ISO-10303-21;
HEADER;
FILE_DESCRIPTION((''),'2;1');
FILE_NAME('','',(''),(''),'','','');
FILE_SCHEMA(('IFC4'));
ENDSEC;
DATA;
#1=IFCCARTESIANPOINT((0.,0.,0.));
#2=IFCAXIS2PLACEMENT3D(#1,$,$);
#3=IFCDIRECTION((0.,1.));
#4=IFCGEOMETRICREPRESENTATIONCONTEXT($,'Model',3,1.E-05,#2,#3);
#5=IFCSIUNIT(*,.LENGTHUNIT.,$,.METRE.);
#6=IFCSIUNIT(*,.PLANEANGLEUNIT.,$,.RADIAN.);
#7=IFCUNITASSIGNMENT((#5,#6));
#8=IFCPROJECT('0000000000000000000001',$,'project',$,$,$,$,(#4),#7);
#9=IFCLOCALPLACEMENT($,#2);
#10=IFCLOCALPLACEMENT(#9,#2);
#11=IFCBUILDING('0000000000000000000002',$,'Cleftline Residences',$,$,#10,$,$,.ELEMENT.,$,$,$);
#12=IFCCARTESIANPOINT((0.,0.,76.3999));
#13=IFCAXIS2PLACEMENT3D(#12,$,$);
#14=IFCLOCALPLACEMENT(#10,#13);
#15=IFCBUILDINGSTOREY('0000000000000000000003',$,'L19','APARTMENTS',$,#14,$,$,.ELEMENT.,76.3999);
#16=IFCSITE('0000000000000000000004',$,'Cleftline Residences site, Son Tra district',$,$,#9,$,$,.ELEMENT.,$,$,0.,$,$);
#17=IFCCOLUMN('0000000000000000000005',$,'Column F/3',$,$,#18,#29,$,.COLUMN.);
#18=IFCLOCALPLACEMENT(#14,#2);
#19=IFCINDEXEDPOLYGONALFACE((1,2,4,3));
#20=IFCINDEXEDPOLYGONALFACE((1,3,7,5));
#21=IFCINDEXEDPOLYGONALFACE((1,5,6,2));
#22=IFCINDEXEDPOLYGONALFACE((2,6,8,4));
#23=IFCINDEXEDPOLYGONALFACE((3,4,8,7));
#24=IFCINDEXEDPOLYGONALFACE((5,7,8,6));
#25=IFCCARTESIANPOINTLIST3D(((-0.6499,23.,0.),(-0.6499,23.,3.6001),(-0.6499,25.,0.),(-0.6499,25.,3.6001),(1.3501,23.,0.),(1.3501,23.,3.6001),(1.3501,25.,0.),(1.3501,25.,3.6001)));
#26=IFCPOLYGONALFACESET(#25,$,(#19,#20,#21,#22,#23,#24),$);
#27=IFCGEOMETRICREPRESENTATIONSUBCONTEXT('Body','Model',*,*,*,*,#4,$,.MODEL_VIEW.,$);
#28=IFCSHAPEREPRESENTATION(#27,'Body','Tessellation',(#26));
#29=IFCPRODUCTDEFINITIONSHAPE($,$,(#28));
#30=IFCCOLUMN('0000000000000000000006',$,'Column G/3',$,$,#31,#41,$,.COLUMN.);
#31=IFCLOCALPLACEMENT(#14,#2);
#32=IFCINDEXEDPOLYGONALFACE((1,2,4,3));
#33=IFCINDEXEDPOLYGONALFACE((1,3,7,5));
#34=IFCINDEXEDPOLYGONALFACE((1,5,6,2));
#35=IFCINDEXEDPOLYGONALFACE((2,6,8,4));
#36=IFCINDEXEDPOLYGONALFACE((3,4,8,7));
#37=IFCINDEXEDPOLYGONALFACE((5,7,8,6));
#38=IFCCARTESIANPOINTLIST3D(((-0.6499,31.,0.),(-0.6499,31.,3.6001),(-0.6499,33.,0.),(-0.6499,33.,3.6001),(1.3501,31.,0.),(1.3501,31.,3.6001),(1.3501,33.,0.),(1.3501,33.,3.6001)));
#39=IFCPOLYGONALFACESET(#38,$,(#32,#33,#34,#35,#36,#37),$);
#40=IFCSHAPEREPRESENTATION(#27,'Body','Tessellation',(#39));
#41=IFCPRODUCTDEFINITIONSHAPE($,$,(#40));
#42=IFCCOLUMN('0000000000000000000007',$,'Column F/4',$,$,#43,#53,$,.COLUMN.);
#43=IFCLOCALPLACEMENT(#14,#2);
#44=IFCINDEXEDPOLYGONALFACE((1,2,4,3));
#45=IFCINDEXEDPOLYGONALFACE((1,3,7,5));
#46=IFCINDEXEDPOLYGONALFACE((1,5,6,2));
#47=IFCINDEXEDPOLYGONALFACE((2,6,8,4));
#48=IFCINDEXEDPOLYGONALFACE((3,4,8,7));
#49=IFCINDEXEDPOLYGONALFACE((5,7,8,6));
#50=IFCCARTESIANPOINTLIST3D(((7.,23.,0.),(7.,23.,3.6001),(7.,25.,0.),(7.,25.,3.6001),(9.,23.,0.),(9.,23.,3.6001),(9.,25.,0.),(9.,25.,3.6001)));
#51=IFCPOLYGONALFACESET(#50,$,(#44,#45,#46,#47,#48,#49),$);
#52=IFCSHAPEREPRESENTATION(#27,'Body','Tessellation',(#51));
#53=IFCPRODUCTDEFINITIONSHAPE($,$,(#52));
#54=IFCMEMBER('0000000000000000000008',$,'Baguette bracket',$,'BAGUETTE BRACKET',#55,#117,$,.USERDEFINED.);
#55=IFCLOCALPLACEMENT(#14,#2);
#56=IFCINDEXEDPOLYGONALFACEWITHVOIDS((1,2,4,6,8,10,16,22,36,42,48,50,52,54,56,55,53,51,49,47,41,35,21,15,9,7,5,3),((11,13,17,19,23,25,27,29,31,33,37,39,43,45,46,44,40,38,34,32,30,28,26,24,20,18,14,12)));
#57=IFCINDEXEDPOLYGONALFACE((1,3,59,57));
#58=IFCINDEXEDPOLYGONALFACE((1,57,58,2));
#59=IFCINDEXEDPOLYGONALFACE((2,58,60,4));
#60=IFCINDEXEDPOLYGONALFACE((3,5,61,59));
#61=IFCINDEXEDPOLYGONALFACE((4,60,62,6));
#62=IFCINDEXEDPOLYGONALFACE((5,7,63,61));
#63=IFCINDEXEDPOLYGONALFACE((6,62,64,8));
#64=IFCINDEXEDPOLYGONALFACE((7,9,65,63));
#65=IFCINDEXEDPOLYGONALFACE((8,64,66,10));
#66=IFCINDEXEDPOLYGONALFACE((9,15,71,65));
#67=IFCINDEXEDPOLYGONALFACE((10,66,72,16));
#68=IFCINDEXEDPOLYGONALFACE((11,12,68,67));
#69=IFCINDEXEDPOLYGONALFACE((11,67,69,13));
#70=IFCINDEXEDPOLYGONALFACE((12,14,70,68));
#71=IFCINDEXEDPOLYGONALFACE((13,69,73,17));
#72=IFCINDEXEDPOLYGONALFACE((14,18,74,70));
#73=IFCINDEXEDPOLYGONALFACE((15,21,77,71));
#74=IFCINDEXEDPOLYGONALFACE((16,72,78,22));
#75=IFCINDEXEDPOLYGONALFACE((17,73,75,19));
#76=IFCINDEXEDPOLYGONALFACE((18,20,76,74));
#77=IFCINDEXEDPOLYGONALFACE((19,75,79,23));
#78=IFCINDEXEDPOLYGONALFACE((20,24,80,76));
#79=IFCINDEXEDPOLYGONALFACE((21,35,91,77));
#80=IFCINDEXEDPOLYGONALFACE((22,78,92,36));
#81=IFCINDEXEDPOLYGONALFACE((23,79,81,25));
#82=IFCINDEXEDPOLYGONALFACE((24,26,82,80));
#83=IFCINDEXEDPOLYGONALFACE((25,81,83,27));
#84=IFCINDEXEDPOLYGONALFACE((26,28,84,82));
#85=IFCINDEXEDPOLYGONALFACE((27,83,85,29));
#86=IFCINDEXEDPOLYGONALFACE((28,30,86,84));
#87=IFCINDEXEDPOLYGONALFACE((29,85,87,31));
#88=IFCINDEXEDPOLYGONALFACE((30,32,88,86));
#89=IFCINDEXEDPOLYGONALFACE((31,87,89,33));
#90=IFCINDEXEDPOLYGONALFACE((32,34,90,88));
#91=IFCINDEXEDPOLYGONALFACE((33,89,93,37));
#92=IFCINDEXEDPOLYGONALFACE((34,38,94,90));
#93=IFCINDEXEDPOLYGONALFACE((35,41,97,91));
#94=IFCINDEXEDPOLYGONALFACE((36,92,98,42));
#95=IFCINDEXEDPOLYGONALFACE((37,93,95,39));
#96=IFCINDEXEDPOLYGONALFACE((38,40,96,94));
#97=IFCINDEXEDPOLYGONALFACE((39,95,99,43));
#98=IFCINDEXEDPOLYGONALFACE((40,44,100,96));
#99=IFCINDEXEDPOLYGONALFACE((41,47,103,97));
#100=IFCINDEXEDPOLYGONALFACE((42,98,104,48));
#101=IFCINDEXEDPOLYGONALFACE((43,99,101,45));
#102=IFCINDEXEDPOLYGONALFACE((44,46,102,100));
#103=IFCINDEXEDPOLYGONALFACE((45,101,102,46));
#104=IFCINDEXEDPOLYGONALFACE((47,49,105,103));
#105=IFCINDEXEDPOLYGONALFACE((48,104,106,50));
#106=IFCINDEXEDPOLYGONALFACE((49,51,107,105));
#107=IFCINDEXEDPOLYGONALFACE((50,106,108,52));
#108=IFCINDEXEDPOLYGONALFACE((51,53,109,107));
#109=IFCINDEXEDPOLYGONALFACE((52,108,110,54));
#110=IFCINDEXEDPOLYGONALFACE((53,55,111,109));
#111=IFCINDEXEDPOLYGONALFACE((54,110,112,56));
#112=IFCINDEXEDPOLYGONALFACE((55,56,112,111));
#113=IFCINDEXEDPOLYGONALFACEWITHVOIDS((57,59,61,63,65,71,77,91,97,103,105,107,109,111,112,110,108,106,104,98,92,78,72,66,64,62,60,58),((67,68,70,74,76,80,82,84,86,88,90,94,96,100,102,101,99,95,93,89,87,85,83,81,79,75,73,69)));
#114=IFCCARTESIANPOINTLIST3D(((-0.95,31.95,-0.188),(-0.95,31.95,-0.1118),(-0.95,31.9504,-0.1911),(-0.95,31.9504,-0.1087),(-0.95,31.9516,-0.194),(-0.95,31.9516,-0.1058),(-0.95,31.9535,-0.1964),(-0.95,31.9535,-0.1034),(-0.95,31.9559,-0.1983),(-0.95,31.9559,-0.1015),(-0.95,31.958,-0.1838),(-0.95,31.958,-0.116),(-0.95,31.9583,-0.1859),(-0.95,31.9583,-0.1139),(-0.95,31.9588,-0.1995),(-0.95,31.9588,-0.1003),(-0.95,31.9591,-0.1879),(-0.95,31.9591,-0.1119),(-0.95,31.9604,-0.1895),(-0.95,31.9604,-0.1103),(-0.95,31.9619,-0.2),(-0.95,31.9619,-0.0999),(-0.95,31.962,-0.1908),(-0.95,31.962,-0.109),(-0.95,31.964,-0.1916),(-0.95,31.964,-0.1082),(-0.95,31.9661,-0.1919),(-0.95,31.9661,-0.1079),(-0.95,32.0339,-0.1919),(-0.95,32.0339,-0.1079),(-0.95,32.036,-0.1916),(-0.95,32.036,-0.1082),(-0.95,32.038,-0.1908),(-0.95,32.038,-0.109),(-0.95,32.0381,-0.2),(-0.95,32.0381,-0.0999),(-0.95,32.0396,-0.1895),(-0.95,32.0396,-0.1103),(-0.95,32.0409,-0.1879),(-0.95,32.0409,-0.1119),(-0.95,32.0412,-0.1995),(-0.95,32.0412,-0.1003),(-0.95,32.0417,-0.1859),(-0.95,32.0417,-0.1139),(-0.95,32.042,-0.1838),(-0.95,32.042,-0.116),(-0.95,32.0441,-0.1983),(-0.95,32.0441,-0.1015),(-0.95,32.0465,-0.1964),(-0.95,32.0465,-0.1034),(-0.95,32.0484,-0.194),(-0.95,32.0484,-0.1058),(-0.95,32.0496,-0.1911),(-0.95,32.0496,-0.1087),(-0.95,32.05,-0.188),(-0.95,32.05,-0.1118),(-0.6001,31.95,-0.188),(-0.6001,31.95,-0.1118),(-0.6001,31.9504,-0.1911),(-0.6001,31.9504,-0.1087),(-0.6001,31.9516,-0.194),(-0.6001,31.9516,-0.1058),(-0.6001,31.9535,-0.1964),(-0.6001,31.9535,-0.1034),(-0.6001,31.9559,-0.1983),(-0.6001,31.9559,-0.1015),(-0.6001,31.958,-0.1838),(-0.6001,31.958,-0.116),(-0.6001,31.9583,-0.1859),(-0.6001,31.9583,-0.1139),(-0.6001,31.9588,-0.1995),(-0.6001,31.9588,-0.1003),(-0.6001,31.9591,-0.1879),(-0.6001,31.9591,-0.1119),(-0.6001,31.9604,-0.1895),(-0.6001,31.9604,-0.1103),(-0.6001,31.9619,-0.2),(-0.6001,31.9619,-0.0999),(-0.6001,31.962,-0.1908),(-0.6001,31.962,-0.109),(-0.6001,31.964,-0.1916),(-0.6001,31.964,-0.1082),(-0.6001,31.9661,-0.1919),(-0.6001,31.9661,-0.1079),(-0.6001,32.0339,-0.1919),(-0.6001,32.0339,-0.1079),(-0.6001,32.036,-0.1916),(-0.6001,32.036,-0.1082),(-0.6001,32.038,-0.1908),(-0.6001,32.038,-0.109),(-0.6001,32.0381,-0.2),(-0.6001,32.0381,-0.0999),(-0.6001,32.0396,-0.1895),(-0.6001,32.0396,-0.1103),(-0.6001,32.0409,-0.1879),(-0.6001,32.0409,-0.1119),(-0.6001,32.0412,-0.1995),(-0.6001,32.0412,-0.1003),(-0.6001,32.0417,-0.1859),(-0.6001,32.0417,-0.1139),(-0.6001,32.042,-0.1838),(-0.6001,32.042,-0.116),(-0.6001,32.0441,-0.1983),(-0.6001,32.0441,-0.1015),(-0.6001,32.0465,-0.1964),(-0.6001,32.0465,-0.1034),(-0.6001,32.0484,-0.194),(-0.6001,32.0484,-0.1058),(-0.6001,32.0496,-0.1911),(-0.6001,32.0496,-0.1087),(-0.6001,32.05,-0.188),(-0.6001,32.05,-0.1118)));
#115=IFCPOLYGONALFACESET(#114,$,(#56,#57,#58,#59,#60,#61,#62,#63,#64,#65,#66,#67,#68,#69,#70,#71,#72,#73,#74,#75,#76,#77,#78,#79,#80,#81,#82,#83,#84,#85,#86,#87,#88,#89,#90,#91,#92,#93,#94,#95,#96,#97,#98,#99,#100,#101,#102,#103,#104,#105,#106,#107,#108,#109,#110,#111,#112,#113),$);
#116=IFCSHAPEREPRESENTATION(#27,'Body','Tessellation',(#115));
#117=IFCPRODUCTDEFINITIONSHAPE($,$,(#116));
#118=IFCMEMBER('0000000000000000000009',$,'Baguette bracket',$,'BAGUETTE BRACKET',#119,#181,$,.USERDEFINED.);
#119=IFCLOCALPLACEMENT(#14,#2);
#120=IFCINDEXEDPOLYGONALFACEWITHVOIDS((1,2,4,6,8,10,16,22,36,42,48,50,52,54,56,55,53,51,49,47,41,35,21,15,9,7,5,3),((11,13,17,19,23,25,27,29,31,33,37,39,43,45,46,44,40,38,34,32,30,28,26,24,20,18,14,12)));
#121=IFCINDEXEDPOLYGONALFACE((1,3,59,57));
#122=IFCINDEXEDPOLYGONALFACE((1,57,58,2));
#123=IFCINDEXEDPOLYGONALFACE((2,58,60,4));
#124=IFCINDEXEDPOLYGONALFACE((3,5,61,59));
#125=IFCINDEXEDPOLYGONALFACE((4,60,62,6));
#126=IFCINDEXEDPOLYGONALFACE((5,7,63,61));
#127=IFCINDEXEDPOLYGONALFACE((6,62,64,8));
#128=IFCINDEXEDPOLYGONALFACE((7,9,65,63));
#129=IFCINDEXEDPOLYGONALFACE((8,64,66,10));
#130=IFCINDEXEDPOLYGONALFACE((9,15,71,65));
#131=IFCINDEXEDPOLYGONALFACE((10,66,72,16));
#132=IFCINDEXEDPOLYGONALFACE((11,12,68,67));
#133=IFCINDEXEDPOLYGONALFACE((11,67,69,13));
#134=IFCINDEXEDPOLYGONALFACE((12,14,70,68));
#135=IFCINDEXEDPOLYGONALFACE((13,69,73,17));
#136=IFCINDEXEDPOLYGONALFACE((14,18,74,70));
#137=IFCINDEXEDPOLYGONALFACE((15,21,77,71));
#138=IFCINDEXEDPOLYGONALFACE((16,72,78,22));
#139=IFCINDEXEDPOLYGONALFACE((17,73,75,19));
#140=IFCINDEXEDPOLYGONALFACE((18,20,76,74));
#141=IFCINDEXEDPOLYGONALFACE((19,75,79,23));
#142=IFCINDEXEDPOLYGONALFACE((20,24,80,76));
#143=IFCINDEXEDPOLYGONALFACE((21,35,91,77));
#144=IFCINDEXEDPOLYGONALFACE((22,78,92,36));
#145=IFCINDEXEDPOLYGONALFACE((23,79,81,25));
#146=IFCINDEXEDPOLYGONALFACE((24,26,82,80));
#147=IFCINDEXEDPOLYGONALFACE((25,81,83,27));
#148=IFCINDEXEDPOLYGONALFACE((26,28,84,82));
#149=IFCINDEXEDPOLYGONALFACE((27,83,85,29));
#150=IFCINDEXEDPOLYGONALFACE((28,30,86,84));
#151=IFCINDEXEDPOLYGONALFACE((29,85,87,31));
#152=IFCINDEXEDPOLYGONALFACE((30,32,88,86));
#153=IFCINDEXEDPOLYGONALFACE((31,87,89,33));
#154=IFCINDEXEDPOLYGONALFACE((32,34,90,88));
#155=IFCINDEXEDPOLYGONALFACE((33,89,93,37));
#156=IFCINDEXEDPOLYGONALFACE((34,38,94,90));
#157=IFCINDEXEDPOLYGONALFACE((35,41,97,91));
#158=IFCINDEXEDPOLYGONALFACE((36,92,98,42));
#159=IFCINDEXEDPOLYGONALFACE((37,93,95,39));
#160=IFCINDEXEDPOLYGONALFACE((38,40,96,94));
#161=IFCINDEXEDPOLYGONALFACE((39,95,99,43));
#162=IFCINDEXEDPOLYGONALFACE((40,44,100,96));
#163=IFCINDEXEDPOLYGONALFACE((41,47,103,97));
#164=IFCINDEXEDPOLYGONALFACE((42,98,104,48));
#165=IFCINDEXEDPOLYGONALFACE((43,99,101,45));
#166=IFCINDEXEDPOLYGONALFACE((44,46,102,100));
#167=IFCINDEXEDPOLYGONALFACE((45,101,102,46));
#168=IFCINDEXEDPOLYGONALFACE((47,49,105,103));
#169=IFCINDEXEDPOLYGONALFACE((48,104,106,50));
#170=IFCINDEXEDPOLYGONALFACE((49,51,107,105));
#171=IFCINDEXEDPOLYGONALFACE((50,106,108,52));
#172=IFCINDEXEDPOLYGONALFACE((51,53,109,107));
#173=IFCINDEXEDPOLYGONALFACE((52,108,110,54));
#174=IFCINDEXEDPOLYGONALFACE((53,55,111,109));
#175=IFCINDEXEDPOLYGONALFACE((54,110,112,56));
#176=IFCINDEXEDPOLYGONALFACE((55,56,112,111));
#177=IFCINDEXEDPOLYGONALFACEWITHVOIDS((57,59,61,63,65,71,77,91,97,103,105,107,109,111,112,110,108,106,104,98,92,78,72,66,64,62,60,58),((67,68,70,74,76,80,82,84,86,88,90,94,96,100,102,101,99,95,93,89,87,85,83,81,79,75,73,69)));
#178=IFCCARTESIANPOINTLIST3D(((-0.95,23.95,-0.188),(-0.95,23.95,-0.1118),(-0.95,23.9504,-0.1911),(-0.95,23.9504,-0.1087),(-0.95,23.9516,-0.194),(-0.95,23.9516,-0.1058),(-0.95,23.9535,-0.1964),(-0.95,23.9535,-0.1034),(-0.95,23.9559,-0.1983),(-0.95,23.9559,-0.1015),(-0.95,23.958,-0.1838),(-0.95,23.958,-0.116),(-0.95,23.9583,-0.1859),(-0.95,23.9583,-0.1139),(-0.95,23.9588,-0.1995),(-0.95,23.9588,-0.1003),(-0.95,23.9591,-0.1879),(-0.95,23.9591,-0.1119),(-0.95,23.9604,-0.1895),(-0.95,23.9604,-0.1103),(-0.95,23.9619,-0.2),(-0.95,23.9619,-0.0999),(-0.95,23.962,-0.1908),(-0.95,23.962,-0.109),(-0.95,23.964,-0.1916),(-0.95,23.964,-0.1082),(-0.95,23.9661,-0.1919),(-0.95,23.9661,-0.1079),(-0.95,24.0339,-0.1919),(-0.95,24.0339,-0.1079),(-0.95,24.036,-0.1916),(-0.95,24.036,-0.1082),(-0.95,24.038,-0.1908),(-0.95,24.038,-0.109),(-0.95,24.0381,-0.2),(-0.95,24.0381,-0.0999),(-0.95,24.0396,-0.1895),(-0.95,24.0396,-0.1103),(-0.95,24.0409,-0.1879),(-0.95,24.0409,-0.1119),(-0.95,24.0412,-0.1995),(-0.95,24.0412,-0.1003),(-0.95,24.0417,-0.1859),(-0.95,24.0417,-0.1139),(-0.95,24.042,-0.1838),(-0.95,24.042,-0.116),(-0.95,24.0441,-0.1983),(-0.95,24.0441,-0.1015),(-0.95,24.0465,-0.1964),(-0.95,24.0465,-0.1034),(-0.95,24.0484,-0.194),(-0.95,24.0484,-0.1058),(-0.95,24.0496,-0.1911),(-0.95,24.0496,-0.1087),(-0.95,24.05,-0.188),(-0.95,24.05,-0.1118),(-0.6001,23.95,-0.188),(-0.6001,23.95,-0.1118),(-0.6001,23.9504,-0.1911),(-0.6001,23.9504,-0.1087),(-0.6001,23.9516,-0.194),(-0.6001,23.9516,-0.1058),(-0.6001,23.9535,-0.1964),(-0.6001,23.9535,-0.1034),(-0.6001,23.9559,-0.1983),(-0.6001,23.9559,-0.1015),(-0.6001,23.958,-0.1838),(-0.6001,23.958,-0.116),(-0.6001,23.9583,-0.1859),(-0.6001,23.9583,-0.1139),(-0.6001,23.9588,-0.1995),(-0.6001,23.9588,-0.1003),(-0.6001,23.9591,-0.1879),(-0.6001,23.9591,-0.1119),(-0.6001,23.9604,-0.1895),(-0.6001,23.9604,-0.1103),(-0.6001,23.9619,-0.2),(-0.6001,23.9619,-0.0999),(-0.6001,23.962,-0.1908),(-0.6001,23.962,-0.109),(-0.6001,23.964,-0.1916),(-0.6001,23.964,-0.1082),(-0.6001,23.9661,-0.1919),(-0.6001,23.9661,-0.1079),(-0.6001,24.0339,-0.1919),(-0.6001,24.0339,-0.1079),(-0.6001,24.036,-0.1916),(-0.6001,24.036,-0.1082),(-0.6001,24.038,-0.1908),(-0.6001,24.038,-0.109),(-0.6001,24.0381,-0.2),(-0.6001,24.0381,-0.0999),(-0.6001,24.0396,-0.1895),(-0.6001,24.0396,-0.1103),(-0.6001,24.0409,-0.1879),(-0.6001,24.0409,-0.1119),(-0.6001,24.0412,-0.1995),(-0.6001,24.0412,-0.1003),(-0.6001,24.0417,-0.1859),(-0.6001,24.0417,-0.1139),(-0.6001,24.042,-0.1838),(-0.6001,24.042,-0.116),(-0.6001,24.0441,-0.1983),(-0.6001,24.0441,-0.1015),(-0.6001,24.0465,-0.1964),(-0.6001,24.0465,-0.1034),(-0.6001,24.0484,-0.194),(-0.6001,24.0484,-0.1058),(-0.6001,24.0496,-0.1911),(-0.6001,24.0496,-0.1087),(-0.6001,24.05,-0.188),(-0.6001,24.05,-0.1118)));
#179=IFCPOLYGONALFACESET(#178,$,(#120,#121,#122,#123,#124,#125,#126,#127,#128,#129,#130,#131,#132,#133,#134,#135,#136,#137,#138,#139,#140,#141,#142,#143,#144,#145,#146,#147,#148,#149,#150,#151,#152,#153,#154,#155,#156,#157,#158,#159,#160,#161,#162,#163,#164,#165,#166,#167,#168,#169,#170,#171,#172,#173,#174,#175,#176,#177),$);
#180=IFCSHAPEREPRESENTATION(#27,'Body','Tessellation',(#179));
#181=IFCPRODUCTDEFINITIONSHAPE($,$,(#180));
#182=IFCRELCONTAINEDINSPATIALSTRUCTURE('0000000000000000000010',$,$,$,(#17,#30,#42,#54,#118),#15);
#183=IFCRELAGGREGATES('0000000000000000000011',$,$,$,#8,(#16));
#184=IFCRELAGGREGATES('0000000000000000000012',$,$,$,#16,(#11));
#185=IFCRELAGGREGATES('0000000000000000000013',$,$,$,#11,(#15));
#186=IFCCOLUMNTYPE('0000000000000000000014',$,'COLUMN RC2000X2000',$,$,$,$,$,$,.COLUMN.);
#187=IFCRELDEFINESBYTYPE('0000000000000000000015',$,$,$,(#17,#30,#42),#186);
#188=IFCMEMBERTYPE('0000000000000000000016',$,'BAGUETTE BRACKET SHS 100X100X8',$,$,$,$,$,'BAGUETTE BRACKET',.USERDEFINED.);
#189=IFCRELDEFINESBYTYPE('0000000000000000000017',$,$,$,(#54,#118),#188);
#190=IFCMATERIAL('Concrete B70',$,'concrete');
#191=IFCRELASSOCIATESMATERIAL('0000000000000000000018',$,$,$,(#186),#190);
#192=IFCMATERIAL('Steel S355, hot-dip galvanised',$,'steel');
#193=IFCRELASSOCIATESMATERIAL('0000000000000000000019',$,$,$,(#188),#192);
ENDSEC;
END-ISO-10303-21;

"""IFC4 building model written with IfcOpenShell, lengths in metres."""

from ifc_helpers import new_model, si_unit, direction, frame, origin, origin_2d, place, context, subcontext, project, spatial, rectangle, hollow_rectangle, extrude, material, material_profile, profile_set, type_object, element, save


model = new_model("IFC4")

# Units and contexts
model_context = context("Model", 3, precision=1e-05, world=origin(), true_north=direction((0.0, 1.0)))
body_context = subcontext(model_context, "Body", "Model", "MODEL_VIEW")
ifc_project = project(units=[si_unit("LENGTHUNIT", "METRE"), si_unit("PLANEANGLEUNIT", "RADIAN")], contexts=[model_context])

# Site, building, storey
site_placement = place(None, origin())
site = spatial("IfcSite", under=ifc_project, at=site_placement, Name="Cleftline Residences site, Son Tra district", CompositionType="ELEMENT", RefElevation=0.0)
building_placement = place(site_placement, origin())
building = spatial("IfcBuilding", under=site, at=building_placement, Name="Cleftline Residences", CompositionType="ELEMENT")
storey_placement = place(building_placement, frame((0.0, 0.0, 76.3999)))
storey = spatial("IfcBuildingStorey", under=building, at=storey_placement, Name="L19", Description="APARTMENTS", CompositionType="ELEMENT", Elevation=76.3999)

# Columns
ifc_material_1 = material(Name="Concrete B70", Category="concrete")
ifc_material_profile_1 = material_profile(ifc_material_1, rectangle(XDim=2.0, YDim=2.0, at=origin_2d()))
ifc_profile_set_1 = profile_set([ifc_material_profile_1], Name="Concrete B70")
column_type = type_object("IfcColumnType", Name="COLUMN RC2000X2000", PredefinedType="COLUMN", material=ifc_profile_set_1)
for number, where, z_axis, x_axis, name in (
    (1, (0.3501, 24.0, 0.0), (0.0, 0.0, 1.0), (1.0, 0.0, 0.0), "Column F/3"),
    (2, (0.3501, 32.0, 0.0), (0.0, 0.0, 1.0), (1.0, 0.0, 0.0), "Column G/3"),
    (3, (8.0, 24.0, 0.0), (0.0, 0.0, 1.0), (1.0, 0.0, 0.0), "Column F/4"),
):
    element("IfcColumn", number, at=place(storey_placement, frame(where, z_axis=z_axis, x_axis=x_axis)), inside=storey, type_object=column_type, Name=name, PredefinedType="COLUMN", context=body_context, shape_type="SweptSolid", body=[
        extrude(rectangle(XDim=2.0, YDim=2.0, at=origin_2d()), origin(), (0.0, 0.0, 1.0), 3.6001),
    ])

# Members
ifc_material_2 = material(Name="Steel S355, hot-dip galvanised", Category="steel")
ifc_material_profile_2 = material_profile(ifc_material_2, hollow_rectangle(XDim=0.1001, YDim=0.1001, WallThickness=0.0081, InnerFilletRadius=0.0081, OuterFilletRadius=0.012, at=origin_2d()))
ifc_profile_set_2 = profile_set([ifc_material_profile_2], Name="Steel S355, hot-dip galvanised")
member_type_1 = type_object("IfcMemberType", Name="BAGUETTE BRACKET SHS 100X100X8", ElementType="BAGUETTE BRACKET", PredefinedType="USERDEFINED", material=ifc_profile_set_2)
for number, where, z_axis, x_axis, name in (
    (4, (-0.6001, 32.0, -0.1499), (-1.0, 0.0, 0.0), (0.0, -1.0, 0.0), "Baguette bracket"),
    (5, (-0.6001, 24.0, -0.1499), (-1.0, 0.0, 0.0), (0.0, -1.0, 0.0), "Baguette bracket"),
):
    element("IfcMember", number, at=place(storey_placement, frame(where, z_axis=z_axis, x_axis=x_axis)), inside=storey, type_object=member_type_1, Name=name, ObjectType="BAGUETTE BRACKET", PredefinedType="USERDEFINED", context=body_context, shape_type="SweptSolid", body=[
        extrude(hollow_rectangle(XDim=0.1001, YDim=0.1001, WallThickness=0.0081, InnerFilletRadius=0.0081, OuterFilletRadius=0.012, at=origin_2d()), origin(), (0.0, 0.0, 1.0), 0.3499),
    ])

save(model, "model.ifc")
